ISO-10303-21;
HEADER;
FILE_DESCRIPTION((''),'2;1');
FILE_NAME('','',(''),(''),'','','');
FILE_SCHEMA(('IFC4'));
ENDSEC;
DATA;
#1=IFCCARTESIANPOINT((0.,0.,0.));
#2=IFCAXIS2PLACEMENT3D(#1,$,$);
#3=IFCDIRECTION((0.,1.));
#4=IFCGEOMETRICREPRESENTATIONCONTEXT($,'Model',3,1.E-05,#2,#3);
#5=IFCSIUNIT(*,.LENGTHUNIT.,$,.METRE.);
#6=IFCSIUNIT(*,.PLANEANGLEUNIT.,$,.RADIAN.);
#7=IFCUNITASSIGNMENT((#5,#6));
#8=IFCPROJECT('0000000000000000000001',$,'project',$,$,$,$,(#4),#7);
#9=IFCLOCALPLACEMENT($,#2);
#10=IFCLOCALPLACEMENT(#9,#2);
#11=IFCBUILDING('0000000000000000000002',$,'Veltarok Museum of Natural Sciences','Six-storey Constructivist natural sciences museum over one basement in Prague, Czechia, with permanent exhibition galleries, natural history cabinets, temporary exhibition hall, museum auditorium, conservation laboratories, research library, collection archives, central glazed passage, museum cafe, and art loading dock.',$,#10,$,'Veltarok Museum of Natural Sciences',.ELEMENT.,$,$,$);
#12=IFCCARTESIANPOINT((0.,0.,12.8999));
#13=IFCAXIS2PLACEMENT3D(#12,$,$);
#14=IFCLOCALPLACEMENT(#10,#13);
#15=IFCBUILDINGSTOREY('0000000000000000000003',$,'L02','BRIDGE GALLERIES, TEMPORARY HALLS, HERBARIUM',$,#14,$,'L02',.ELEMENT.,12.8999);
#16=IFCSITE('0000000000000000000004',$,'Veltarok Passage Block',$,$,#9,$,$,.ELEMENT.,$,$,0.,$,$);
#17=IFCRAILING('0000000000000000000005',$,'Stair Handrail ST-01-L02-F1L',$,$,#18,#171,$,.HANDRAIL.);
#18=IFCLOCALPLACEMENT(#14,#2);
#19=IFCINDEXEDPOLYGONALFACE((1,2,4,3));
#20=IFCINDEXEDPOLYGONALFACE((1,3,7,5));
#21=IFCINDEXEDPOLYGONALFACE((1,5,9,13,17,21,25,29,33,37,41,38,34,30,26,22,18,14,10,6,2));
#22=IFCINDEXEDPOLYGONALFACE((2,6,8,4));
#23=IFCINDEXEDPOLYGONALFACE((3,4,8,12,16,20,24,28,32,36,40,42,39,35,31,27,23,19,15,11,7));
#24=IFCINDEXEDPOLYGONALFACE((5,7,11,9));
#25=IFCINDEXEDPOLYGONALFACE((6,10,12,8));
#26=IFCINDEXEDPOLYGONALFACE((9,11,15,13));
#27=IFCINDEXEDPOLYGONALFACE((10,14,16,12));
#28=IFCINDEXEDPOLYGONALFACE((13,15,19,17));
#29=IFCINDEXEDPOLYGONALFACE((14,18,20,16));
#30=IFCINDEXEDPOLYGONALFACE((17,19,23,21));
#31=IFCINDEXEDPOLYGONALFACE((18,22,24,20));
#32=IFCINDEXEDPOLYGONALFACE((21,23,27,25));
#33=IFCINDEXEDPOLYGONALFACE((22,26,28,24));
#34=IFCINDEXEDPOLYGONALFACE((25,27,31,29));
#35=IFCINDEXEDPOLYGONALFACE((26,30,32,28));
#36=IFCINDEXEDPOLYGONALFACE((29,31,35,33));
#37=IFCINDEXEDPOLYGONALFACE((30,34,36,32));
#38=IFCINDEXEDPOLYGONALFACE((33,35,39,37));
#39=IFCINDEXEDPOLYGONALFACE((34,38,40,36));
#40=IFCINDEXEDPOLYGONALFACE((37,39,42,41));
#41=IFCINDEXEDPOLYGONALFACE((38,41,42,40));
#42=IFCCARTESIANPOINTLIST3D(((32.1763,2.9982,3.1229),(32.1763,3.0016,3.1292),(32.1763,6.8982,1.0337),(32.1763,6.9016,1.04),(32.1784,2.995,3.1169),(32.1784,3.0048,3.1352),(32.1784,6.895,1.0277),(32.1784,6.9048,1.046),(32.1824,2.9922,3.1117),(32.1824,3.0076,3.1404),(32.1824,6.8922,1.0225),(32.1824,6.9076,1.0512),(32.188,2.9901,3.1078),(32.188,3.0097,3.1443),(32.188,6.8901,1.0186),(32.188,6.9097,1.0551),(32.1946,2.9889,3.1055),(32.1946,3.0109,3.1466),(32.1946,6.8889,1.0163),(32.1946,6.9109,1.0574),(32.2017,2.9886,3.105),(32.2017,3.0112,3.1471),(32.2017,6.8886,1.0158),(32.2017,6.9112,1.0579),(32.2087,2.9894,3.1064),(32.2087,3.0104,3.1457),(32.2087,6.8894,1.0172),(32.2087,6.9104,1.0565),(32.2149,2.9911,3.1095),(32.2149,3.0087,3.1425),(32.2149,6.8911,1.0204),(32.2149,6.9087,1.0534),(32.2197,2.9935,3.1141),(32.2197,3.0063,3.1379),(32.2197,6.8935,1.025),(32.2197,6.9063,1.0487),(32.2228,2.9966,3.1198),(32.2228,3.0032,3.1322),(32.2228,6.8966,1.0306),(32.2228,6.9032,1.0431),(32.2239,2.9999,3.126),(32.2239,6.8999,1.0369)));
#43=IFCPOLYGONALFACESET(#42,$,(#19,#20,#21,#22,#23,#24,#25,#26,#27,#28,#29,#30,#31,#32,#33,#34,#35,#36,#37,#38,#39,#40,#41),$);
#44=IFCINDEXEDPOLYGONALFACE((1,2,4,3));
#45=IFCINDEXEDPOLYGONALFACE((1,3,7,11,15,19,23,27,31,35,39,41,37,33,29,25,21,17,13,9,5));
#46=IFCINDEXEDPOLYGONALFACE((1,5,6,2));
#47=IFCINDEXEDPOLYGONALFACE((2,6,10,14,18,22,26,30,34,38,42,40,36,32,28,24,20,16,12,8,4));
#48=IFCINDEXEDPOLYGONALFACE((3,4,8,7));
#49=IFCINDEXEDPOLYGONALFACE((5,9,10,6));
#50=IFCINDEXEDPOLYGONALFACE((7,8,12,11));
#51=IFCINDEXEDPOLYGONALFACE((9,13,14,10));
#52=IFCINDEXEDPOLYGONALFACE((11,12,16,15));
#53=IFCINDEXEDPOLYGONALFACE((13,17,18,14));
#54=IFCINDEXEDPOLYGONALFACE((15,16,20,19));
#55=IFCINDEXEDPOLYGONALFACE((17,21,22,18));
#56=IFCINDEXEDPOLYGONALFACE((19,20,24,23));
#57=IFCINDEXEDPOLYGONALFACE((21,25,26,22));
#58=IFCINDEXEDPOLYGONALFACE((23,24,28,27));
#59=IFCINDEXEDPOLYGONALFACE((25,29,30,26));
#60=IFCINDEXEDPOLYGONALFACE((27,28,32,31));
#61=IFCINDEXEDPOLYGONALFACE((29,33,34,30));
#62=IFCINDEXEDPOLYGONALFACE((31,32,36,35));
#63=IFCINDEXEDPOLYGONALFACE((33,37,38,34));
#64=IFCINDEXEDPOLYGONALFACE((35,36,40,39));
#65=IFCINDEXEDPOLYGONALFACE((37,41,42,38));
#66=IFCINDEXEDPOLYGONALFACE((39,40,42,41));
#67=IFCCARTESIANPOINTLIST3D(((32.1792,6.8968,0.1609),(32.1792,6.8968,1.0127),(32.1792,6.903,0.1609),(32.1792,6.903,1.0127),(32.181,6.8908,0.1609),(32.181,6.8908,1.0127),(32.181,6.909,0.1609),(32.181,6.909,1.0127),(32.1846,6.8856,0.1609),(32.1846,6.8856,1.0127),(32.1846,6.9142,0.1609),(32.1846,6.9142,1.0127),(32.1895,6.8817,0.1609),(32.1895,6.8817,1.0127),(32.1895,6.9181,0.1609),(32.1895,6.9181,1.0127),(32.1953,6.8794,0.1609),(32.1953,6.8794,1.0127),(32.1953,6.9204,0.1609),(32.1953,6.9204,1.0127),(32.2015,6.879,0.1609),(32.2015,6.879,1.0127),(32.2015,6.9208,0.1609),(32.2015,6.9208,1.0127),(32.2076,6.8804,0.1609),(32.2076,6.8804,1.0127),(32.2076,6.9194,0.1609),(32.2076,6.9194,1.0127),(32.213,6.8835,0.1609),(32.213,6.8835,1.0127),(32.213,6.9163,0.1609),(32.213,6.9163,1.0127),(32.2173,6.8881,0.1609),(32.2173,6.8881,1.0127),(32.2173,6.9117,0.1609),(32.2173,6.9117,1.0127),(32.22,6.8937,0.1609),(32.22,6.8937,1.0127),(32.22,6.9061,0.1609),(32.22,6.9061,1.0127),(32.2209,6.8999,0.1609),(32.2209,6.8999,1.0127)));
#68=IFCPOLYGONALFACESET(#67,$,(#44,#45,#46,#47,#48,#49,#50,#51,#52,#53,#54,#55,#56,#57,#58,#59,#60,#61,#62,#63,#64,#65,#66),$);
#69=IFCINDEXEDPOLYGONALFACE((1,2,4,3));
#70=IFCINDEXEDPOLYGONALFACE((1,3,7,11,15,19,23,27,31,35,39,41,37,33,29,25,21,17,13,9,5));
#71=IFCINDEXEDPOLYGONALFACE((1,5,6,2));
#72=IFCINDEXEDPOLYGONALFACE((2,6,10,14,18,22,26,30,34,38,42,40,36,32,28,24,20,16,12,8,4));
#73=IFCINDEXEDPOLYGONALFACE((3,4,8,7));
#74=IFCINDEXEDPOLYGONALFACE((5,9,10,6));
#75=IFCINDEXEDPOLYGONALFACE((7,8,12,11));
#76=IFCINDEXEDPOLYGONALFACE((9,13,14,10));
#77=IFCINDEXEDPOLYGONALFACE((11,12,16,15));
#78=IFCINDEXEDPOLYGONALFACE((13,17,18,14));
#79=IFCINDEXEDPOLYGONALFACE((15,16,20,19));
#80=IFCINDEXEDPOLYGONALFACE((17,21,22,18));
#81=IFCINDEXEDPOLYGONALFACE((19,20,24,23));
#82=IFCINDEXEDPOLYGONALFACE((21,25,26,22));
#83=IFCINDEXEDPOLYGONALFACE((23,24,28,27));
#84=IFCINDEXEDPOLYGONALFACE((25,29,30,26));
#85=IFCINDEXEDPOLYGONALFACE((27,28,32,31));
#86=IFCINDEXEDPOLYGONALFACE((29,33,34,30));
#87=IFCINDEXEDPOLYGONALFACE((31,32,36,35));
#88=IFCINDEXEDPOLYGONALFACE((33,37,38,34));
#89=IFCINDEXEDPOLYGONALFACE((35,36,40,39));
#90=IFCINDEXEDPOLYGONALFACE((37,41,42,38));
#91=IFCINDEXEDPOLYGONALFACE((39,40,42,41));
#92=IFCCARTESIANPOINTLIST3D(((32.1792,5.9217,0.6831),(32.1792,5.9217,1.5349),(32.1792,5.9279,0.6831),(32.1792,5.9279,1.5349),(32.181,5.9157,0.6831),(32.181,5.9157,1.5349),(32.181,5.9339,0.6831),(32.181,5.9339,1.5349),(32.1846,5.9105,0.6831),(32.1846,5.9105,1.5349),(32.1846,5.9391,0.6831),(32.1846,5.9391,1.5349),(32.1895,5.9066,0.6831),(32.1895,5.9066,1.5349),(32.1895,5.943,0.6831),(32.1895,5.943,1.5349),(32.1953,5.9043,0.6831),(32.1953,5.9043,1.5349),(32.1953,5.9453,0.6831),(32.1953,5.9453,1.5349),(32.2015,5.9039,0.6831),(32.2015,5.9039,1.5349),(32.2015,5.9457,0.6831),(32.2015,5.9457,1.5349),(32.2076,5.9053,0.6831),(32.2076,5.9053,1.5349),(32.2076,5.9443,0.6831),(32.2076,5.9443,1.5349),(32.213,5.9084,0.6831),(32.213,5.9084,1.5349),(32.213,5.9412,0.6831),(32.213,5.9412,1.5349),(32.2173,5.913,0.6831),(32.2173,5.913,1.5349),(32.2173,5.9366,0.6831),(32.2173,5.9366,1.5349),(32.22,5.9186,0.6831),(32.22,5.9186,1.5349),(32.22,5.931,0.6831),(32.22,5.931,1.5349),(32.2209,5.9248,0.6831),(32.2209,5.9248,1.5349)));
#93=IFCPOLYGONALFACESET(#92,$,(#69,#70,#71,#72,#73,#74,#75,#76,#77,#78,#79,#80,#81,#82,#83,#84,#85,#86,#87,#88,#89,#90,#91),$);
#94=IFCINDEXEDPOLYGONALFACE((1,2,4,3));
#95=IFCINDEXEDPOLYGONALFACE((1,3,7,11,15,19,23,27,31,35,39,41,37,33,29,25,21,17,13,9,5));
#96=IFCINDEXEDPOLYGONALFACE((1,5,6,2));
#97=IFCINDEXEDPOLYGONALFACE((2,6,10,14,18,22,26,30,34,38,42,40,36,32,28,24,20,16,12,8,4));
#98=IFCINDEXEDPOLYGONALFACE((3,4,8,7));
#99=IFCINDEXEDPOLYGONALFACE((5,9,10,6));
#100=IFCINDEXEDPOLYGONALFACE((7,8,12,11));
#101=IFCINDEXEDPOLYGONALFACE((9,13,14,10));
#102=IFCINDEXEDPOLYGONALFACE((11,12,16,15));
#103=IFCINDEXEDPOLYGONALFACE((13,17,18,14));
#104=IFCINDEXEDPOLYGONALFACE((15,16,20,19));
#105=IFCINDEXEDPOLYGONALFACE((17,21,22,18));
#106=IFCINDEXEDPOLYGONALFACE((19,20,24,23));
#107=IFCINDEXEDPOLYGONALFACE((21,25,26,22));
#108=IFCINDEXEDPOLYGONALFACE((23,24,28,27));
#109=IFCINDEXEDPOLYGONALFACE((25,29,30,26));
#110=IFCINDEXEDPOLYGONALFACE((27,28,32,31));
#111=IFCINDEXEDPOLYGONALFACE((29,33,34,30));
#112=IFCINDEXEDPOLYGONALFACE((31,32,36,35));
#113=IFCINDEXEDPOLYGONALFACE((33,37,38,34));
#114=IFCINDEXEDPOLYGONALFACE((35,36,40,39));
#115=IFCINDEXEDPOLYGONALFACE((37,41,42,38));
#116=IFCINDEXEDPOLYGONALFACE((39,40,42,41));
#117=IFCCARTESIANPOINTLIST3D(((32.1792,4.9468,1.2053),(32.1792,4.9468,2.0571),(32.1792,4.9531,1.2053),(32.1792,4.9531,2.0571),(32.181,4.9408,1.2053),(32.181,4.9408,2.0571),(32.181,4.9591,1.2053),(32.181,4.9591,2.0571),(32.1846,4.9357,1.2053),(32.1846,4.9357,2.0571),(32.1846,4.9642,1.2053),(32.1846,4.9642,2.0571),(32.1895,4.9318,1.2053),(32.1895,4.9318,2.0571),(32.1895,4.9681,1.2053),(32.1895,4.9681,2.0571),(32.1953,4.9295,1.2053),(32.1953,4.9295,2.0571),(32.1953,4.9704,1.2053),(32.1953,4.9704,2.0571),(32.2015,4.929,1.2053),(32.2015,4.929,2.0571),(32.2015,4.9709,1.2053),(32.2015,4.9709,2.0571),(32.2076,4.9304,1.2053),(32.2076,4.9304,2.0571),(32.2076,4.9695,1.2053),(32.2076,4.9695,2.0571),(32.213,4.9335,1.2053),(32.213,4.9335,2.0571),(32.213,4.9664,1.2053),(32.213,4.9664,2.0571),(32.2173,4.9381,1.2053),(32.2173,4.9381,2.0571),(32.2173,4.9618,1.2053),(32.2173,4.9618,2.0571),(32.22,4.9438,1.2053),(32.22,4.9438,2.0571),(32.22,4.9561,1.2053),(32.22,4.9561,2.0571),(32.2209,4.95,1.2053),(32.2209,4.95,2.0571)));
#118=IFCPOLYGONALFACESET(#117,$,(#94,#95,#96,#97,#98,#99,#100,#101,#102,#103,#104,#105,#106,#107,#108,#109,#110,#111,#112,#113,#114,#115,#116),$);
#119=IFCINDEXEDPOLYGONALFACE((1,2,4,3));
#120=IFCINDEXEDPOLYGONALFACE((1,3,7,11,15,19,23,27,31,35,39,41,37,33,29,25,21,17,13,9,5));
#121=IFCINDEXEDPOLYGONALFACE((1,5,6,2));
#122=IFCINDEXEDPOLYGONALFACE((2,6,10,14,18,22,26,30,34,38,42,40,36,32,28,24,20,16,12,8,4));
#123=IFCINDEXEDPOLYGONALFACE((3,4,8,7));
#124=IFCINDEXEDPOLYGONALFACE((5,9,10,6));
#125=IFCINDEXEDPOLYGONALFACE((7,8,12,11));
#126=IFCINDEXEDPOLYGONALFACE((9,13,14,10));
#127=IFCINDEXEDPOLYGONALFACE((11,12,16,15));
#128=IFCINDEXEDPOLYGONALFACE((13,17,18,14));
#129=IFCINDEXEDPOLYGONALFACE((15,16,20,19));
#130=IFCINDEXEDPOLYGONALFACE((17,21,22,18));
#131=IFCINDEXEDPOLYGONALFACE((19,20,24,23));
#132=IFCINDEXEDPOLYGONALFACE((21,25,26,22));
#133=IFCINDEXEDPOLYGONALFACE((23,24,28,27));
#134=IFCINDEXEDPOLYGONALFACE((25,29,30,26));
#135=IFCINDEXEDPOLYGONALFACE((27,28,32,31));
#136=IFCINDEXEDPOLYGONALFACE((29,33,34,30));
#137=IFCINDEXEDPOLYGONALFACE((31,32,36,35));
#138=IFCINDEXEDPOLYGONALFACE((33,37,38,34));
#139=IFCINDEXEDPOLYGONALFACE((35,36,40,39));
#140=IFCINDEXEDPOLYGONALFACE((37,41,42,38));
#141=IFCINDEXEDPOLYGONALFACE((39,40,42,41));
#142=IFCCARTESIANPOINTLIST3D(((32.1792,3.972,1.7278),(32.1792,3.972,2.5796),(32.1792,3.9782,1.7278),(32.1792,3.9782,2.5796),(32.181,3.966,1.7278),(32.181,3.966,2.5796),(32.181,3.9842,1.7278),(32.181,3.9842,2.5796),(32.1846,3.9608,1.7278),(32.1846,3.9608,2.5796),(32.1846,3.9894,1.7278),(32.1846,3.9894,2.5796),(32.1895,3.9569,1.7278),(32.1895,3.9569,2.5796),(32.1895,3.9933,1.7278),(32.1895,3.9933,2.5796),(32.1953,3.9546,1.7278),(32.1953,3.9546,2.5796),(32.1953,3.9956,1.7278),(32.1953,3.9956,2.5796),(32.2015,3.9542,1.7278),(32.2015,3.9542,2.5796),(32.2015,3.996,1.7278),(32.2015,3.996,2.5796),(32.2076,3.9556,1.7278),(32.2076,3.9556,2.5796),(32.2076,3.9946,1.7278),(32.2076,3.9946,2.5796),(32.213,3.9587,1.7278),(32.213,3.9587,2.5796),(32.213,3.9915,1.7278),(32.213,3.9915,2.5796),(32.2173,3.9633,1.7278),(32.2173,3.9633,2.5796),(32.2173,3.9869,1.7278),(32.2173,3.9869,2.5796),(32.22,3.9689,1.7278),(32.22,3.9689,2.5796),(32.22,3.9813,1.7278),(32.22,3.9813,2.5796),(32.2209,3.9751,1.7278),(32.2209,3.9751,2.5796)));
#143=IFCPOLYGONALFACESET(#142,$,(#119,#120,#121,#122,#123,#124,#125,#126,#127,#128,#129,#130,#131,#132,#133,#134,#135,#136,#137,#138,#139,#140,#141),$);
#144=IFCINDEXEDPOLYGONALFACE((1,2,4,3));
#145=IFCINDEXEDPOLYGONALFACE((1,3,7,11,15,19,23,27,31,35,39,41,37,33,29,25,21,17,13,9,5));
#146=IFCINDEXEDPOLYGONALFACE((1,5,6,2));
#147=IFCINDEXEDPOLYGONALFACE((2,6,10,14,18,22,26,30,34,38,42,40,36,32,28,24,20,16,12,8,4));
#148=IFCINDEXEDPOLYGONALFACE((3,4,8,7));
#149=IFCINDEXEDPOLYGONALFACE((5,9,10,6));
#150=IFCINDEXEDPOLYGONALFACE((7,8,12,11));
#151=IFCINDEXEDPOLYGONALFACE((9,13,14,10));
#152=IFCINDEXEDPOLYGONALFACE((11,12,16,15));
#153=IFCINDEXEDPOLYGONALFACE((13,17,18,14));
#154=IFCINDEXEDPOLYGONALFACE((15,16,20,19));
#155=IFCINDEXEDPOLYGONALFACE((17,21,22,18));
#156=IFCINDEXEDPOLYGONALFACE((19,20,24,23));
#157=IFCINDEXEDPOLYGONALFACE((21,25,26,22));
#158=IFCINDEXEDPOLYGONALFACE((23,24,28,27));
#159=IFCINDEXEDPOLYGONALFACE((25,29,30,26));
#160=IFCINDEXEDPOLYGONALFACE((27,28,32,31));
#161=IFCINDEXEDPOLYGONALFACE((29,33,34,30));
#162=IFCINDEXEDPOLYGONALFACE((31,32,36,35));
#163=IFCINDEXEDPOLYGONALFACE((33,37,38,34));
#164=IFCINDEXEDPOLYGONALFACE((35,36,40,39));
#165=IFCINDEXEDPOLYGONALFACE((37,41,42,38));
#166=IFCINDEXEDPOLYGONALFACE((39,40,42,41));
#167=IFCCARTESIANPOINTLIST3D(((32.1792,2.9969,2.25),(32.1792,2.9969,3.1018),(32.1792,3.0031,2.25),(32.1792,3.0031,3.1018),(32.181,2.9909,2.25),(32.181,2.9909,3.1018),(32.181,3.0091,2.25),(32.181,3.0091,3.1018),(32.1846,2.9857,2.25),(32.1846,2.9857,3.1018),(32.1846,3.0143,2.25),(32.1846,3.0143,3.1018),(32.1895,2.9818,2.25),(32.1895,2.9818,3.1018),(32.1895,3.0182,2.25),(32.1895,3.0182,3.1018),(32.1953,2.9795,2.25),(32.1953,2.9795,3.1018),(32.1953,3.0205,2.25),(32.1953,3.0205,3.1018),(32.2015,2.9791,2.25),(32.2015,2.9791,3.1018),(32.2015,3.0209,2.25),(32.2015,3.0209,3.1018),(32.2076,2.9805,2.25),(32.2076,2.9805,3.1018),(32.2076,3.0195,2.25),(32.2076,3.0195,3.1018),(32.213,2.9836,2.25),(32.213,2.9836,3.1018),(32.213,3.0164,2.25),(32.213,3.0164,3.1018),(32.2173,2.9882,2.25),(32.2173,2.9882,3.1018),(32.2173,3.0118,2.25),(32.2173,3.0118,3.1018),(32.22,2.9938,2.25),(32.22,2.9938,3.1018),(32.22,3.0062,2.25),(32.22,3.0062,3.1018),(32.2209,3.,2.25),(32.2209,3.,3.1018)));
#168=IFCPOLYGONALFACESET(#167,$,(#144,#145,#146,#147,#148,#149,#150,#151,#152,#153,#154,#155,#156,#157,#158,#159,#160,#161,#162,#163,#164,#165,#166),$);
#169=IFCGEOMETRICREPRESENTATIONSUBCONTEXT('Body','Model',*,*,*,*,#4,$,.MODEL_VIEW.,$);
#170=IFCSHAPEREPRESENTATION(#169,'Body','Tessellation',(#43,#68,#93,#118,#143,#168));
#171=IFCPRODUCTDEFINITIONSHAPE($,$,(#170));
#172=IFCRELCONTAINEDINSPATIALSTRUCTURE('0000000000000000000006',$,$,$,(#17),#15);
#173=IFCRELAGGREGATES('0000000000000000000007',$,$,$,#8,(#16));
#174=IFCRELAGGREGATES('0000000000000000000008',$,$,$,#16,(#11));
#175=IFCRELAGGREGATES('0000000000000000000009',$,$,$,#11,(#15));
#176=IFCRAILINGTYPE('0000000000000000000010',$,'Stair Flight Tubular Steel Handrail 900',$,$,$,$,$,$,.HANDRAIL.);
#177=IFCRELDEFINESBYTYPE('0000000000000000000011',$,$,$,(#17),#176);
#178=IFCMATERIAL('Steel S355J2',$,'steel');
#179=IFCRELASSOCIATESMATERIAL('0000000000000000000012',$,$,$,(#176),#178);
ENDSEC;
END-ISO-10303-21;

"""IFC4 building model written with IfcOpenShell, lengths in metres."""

from ifc_helpers import new_model, si_unit, direction, frame, origin, origin_2d, place, context, subcontext, project, spatial, circle, extrude, material, type_object, element, save


model = new_model("IFC4")

# Units and contexts
model_context = context("Model", 3, precision=1e-05, world=origin(), true_north=direction((0.0, 1.0)))
body_context = subcontext(model_context, "Body", "Model", "MODEL_VIEW")
ifc_project = project(units=[si_unit("LENGTHUNIT", "METRE"), si_unit("PLANEANGLEUNIT", "RADIAN")], contexts=[model_context])

# Site, building, storey
site_placement = place(None, origin())
site = spatial("IfcSite", under=ifc_project, at=site_placement, Name="Veltarok Passage Block", CompositionType="ELEMENT", RefElevation=0.0)
building_placement = place(site_placement, origin())
building = spatial("IfcBuilding", under=site, at=building_placement, Name="Veltarok Museum of Natural Sciences", Description="Six-storey Constructivist natural sciences museum over one basement in Prague, Czechia, with permanent exhibition galleries, natural history cabinets, temporary exhibition hall, museum auditorium, conservation laboratories, research library, collection archives, central glazed passage, museum cafe, and art loading dock.", LongName="Veltarok Museum of Natural Sciences", CompositionType="ELEMENT")
storey_placement = place(building_placement, frame((0.0, 0.0, 12.8999)))
storey = spatial("IfcBuildingStorey", under=building, at=storey_placement, Name="L02", Description="BRIDGE GALLERIES, TEMPORARY HALLS, HERBARIUM", LongName="L02", CompositionType="ELEMENT", Elevation=12.8999)

# Shared definitions
ifc_material_1 = material(Name="Steel S355J2", Category="steel")

# Railing
railing_type_1 = type_object("IfcRailingType", Name="Stair Flight Tubular Steel Handrail 900", PredefinedType="HANDRAIL", material=ifc_material_1)
for number, where, name in (
    (1, (32.2, 6.8999, 0.1609), "Stair Handrail ST-01-L02-F1L"),
):
    element("IfcRailing", number, at=place(storey_placement, frame(where)), inside=storey, type_object=railing_type_1, Name=name, PredefinedType="HANDRAIL", context=body_context, shape_type="SweptSolid", body=[
        extrude(circle(Radius=0.0239, at=origin_2d()), frame((0.0, 0.0, 0.876), z_axis=(0.0, -0.881491, 0.4722), x_axis=(1.0, 0.0, 0.0)), (0.0, 0.0, 1.0), 4.4243),
        extrude(circle(Radius=0.021, at=origin_2d()), origin(), (0.0, 0.0, 1.0), 0.8518),
        extrude(circle(Radius=0.021, at=origin_2d()), frame((0.0, -0.9751, 0.5222)), (0.0, 0.0, 1.0), 0.8518),
        extrude(circle(Radius=0.021, at=origin_2d()), frame((0.0, -1.95, 1.0444)), (0.0, 0.0, 1.0), 0.8518),
        extrude(circle(Radius=0.021, at=origin_2d()), frame((0.0, -2.9248, 1.5669)), (0.0, 0.0, 1.0), 0.8518),
        extrude(circle(Radius=0.021, at=origin_2d()), frame((0.0, -3.8999, 2.0891)), (0.0, 0.0, 1.0), 0.8518),
    ])

save(model, "model.ifc")
